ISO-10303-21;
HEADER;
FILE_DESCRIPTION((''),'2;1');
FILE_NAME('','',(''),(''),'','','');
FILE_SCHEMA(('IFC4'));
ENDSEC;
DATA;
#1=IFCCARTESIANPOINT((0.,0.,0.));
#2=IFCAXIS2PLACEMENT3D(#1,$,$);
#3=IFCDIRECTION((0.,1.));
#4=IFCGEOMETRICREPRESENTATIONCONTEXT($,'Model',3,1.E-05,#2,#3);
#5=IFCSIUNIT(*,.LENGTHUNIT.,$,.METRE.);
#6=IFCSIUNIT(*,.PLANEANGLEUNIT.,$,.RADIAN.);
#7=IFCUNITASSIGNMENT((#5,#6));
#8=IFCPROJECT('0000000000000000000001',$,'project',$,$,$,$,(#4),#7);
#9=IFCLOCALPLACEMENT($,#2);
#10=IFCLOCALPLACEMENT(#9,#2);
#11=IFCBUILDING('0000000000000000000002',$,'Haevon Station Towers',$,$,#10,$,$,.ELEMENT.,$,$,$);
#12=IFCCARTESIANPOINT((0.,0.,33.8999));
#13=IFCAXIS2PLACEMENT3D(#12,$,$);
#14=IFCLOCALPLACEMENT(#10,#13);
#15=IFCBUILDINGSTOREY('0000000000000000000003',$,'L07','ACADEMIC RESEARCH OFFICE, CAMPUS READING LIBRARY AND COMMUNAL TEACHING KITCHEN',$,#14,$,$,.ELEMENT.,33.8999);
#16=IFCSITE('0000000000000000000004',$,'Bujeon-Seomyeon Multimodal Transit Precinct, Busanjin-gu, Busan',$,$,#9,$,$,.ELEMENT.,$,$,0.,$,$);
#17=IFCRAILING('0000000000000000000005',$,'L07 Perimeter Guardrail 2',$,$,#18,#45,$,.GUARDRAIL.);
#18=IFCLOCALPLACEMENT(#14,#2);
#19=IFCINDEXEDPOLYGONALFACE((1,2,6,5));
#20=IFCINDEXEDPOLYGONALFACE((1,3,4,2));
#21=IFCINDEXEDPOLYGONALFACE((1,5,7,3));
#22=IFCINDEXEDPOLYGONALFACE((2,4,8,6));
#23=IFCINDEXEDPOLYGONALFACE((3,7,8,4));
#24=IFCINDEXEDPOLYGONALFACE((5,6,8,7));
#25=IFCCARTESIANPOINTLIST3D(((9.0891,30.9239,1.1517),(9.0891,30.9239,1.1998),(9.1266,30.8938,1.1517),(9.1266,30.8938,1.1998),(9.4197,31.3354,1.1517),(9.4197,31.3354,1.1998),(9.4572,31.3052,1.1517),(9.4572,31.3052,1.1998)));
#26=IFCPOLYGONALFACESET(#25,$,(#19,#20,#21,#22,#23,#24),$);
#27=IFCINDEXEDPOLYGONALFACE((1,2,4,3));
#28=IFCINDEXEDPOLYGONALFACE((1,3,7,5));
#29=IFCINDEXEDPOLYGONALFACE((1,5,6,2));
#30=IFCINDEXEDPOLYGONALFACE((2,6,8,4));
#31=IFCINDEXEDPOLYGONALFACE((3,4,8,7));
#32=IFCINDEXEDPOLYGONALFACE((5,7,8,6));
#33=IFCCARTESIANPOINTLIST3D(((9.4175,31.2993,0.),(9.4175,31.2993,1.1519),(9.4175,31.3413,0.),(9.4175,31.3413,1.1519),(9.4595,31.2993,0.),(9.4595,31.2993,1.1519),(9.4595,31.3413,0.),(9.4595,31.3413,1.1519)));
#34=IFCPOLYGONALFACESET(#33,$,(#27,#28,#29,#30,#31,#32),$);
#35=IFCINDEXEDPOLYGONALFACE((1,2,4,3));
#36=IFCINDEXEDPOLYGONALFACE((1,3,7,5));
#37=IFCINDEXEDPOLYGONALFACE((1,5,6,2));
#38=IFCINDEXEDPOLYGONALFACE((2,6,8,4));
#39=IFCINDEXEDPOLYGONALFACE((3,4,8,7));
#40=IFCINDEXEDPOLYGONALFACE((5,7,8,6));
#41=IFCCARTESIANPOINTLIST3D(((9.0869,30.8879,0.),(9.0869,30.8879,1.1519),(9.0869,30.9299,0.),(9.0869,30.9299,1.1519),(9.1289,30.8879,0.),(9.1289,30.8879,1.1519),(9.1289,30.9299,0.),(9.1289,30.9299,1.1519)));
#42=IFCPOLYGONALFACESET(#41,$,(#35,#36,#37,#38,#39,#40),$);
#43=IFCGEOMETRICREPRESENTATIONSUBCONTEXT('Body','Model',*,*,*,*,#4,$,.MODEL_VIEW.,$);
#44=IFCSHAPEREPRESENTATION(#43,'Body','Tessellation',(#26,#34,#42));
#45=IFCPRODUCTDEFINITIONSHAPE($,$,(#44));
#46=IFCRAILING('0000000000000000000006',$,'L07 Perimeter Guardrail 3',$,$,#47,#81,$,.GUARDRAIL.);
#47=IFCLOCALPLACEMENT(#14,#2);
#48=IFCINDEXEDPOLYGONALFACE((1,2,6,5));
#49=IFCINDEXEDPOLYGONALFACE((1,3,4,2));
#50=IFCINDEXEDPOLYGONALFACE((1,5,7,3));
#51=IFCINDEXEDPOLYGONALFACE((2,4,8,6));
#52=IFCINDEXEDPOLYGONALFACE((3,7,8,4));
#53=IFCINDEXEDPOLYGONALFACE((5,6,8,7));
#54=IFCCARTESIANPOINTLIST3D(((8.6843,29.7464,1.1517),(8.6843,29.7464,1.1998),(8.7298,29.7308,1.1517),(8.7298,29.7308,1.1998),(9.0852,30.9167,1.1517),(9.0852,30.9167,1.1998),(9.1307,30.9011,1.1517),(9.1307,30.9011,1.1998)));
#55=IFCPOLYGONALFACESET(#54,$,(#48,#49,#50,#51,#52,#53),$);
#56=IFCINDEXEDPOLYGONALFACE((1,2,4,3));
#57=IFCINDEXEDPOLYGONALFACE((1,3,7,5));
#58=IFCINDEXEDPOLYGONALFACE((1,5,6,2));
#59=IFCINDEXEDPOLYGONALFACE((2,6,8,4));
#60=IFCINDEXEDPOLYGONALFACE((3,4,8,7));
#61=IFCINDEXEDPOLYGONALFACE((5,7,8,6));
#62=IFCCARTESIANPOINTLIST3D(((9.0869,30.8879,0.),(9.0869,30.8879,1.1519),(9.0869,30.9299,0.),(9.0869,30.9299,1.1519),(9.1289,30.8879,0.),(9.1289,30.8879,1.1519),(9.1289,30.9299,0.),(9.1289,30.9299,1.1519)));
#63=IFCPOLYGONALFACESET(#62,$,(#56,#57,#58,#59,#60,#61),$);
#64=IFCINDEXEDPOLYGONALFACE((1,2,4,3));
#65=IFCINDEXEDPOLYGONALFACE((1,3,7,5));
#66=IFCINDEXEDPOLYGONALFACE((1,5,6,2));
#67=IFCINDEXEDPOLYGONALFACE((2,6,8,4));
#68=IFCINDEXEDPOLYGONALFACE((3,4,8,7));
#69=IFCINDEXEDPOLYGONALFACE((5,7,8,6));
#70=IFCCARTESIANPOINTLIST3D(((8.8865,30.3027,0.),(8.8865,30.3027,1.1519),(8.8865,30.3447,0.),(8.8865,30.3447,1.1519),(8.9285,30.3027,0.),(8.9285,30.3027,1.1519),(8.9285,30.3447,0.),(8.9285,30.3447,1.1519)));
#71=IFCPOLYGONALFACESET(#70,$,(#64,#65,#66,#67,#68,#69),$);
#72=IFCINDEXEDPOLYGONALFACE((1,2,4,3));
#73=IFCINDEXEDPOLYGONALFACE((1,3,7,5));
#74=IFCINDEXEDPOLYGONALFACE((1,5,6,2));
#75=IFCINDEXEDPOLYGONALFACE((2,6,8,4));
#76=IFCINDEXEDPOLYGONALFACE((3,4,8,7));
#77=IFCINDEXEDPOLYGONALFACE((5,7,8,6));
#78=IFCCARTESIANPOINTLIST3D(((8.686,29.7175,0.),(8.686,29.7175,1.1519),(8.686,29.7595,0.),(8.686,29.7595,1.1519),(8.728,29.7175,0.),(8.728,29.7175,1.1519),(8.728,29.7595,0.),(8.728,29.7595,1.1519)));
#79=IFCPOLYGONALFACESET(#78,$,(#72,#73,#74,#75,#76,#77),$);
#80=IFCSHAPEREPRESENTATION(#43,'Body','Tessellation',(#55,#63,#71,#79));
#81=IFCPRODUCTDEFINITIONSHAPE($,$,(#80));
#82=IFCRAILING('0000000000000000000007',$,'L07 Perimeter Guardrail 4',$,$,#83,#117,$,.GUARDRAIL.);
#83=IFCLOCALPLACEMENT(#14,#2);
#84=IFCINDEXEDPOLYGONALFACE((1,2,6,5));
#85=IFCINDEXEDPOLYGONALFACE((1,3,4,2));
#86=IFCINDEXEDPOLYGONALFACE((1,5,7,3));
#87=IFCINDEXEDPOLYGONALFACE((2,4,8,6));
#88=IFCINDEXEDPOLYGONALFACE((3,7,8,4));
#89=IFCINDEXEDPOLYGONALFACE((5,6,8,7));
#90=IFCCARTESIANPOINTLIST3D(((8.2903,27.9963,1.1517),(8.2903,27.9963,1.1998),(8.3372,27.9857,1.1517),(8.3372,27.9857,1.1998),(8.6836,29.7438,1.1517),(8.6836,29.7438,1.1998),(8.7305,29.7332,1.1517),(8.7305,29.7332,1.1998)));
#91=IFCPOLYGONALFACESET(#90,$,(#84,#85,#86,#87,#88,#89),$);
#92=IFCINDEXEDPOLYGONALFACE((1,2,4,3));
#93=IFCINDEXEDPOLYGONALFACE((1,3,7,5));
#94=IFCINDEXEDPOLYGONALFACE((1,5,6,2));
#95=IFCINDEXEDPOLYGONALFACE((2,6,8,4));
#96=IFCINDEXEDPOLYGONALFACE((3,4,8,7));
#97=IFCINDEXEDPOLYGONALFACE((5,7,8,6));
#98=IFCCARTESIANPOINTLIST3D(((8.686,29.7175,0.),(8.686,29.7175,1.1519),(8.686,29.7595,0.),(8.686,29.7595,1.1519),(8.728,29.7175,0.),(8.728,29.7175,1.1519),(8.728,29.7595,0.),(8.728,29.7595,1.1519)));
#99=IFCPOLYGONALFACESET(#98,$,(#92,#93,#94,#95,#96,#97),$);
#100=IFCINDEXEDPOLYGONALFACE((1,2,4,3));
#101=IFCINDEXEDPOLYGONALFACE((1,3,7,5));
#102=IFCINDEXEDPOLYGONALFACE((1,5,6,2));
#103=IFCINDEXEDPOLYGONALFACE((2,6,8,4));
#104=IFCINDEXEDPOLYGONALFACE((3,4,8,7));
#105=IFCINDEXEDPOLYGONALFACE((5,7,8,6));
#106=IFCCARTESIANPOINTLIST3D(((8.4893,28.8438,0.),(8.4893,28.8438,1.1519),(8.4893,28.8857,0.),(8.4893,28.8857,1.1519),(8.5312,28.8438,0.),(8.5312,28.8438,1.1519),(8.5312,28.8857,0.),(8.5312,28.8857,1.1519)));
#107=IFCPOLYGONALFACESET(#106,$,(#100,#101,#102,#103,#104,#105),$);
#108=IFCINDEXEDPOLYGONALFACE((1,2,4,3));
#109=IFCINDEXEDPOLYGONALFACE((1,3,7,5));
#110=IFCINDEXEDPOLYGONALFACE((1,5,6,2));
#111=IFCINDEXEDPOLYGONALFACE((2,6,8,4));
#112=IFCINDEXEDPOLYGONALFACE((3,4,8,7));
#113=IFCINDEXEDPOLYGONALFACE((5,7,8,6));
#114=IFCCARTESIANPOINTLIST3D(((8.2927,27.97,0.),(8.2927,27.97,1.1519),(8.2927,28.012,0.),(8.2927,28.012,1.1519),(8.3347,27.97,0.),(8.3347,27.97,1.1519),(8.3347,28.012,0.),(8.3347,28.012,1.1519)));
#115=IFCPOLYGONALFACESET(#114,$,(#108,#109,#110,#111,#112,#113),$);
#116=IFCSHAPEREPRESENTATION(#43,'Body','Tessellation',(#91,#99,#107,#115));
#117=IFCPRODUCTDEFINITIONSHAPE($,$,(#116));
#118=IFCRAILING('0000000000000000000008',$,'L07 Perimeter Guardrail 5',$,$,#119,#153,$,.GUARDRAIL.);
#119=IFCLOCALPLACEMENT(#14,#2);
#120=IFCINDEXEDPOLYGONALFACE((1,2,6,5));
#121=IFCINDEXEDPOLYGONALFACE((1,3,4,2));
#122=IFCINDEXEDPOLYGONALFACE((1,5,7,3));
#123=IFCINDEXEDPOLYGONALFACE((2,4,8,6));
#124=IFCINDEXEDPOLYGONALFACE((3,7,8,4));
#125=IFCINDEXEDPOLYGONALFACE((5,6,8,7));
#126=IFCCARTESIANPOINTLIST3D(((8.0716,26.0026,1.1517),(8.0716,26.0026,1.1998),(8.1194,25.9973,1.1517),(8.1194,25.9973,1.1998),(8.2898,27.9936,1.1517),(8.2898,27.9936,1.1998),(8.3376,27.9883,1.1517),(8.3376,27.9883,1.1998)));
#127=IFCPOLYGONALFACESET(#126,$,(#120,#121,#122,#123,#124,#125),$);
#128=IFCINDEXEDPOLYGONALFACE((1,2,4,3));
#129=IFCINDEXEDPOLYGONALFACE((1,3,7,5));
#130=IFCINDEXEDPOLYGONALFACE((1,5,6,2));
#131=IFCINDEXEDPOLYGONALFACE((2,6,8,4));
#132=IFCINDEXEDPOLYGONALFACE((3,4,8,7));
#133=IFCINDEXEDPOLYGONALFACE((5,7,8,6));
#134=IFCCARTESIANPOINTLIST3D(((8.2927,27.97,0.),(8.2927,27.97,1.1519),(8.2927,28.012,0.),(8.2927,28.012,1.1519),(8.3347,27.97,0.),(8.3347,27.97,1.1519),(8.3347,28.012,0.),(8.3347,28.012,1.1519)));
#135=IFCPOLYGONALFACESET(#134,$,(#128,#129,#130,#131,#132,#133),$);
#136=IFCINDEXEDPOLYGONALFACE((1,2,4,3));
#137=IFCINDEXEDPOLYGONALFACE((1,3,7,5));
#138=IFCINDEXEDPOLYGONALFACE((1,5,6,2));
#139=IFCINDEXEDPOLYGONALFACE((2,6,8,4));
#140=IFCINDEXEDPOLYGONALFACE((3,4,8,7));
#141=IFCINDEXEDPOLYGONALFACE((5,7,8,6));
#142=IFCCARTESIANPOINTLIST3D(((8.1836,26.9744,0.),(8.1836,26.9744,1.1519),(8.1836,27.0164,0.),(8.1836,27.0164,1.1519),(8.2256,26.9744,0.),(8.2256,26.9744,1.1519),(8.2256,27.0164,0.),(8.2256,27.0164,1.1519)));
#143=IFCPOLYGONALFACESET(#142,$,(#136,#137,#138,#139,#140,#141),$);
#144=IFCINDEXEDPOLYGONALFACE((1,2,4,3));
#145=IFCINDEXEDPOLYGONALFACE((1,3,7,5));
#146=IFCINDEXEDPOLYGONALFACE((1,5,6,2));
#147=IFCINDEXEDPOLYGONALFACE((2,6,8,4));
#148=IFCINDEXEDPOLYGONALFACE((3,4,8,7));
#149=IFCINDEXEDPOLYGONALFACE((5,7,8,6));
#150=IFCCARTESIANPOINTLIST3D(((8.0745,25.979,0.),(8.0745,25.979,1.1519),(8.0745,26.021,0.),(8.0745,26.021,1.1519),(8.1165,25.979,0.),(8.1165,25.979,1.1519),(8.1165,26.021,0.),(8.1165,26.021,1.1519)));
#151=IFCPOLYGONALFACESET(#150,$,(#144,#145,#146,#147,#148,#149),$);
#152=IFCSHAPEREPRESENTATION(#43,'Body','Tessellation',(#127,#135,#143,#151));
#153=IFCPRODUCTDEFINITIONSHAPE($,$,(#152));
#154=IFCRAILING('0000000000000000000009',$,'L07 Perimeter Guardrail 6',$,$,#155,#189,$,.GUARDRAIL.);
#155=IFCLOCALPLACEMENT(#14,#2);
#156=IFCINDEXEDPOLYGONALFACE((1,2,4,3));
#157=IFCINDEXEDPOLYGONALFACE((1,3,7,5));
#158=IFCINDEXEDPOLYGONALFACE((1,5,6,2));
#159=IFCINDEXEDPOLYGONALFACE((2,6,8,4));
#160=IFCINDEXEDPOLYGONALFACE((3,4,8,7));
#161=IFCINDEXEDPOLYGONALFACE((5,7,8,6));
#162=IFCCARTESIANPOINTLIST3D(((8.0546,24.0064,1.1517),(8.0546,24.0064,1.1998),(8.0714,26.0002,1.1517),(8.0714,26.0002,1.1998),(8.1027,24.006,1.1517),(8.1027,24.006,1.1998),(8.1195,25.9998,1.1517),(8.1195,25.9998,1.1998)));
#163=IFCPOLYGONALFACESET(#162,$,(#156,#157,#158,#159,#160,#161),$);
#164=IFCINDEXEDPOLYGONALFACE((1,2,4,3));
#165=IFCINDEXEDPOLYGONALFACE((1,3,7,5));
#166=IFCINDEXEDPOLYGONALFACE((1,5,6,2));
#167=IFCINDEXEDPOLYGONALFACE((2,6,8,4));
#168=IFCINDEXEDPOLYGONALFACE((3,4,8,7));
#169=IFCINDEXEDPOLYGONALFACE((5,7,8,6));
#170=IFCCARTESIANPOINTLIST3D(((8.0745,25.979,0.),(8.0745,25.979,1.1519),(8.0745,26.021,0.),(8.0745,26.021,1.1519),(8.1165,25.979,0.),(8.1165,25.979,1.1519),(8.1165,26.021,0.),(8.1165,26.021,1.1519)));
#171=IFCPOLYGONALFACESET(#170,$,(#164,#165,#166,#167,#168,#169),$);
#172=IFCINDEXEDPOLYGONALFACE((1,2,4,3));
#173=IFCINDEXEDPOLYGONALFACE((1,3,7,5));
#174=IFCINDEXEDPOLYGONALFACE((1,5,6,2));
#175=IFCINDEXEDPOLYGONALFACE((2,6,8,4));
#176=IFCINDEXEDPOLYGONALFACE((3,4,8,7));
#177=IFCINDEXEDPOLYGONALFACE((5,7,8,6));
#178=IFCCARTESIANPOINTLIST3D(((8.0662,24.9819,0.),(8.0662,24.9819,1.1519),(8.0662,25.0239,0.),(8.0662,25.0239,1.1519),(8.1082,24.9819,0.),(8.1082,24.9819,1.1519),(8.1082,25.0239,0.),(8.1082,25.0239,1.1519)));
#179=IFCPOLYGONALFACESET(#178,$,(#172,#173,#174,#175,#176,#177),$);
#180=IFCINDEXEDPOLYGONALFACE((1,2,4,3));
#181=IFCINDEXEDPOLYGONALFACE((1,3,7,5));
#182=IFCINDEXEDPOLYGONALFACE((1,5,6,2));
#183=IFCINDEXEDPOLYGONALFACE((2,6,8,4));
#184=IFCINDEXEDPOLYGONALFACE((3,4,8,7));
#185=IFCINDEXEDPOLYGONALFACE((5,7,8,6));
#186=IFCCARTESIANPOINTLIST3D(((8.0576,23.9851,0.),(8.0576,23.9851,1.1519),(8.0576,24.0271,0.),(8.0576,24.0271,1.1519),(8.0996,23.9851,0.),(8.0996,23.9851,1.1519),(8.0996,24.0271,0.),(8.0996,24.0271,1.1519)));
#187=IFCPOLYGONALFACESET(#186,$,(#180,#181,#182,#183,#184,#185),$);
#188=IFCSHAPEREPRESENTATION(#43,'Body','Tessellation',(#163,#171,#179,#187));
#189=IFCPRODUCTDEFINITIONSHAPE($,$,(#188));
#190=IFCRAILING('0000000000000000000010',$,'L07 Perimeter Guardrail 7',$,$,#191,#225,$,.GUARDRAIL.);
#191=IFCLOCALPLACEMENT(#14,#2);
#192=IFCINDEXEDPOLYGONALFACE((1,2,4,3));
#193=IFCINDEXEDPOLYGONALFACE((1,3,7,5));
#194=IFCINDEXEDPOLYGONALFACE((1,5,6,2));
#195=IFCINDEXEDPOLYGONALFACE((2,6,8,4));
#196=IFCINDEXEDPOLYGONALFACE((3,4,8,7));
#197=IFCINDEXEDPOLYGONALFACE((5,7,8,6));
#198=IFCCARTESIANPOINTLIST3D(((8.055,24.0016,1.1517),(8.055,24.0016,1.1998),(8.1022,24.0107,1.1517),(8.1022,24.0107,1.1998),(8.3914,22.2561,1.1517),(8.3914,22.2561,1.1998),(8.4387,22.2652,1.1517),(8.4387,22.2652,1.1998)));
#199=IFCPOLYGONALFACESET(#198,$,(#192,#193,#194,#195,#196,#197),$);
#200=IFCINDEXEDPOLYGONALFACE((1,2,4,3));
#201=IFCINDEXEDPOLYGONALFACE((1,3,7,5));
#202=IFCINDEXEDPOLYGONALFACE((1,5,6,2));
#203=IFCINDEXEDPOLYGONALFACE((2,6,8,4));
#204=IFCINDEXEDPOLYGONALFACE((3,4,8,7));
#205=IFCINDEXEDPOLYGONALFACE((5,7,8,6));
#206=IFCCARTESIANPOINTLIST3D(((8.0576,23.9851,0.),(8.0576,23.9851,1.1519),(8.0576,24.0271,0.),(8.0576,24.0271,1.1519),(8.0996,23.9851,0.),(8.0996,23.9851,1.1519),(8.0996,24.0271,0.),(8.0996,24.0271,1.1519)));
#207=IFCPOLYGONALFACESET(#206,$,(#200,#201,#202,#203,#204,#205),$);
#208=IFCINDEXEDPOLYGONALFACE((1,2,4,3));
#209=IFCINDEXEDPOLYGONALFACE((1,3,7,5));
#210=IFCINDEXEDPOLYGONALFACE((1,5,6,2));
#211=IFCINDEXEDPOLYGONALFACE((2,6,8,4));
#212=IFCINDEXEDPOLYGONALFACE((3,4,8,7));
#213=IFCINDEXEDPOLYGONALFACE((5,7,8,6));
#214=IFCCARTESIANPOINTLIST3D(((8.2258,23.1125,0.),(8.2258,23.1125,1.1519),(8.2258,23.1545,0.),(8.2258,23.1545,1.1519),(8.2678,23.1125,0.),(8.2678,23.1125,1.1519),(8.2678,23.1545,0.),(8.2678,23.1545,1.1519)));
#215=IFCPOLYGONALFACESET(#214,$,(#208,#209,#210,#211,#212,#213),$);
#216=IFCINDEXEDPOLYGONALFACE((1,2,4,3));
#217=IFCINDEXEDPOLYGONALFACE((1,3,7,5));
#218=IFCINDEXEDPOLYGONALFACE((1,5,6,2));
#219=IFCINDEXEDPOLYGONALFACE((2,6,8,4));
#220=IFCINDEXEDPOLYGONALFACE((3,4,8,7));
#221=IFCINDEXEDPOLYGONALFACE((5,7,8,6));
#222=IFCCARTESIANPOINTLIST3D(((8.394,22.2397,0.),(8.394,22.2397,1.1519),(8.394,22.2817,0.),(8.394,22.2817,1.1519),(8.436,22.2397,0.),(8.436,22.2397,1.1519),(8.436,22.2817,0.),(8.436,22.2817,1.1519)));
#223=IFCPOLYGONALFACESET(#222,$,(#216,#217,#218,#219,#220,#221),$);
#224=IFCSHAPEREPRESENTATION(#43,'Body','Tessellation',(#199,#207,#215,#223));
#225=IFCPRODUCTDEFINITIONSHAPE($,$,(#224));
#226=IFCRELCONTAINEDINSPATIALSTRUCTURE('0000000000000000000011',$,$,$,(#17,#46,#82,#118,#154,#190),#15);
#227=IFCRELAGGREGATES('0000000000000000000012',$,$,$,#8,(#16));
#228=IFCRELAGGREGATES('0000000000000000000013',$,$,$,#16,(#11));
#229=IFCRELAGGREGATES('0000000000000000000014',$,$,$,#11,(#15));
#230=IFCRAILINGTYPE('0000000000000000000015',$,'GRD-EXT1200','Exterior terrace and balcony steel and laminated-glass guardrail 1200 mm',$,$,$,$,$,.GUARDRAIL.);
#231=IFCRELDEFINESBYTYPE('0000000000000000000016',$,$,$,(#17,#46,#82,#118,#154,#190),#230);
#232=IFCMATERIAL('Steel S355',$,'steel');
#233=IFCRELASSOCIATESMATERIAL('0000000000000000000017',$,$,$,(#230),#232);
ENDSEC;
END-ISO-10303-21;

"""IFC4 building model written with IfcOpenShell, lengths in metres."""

from ifc_helpers import new_model, si_unit, direction, frame, origin, origin_2d, place, context, subcontext, project, spatial, rectangle, extrude, material, type_object, element, save


model = new_model("IFC4")

# Units and contexts
model_context = context("Model", 3, precision=1e-05, world=origin(), true_north=direction((0.0, 1.0)))
body_context = subcontext(model_context, "Body", "Model", "MODEL_VIEW")
ifc_project = project(units=[si_unit("LENGTHUNIT", "METRE"), si_unit("PLANEANGLEUNIT", "RADIAN")], contexts=[model_context])

# Site, building, storey
site_placement = place(None, origin())
site = spatial("IfcSite", under=ifc_project, at=site_placement, Name="Bujeon-Seomyeon Multimodal Transit Precinct, Busanjin-gu, Busan", CompositionType="ELEMENT", RefElevation=0.0)
building_placement = place(site_placement, origin())
building = spatial("IfcBuilding", under=site, at=building_placement, Name="Haevon Station Towers", CompositionType="ELEMENT")
storey_placement = place(building_placement, frame((0.0, 0.0, 33.8999)))
storey = spatial("IfcBuildingStorey", under=building, at=storey_placement, Name="L07", Description="ACADEMIC RESEARCH OFFICE, CAMPUS READING LIBRARY AND COMMUNAL TEACHING KITCHEN", CompositionType="ELEMENT", Elevation=33.8999)

# Shared definitions
ifc_material_1 = material(Name="Steel S355", Category="steel")

# Railings
railing_type = type_object("IfcRailingType", Name="GRD-EXT1200", Description="Exterior terrace and balcony steel and laminated-glass guardrail 1200 mm", PredefinedType="GUARDRAIL", material=ifc_material_1)
railing_1_placement = place(storey_placement, frame((9.4385, 31.3203, 0.0)))
element("IfcRailing", 1, at=railing_1_placement, inside=storey, type_object=railing_type, Name="L07 Perimeter Guardrail 2", PredefinedType="GUARDRAIL", context=body_context, shape_type="SweptSolid", body=[
    extrude(rectangle(XDim=0.0481, YDim=0.0481, at=origin_2d()), frame((0.0, 0.0, 1.1758), z_axis=(-0.626386, -0.779513, 0.0), x_axis=(0.779513, -0.626386, 0.0)), (0.0, 0.0, 1.0), 0.5278),
    extrude(rectangle(XDim=0.042, YDim=0.042, at=origin_2d()), origin(), (0.0, 0.0, 1.0), 1.1519),
    extrude(rectangle(XDim=0.042, YDim=0.042, at=origin_2d()), frame((-0.3306, -0.4114, 0.0)), (0.0, 0.0, 1.0), 1.1519),
])
railing_2_placement = place(storey_placement, frame((9.1079, 30.9089, 0.0)))
element("IfcRailing", 2, at=railing_2_placement, inside=storey, type_object=railing_type, Name="L07 Perimeter Guardrail 3", PredefinedType="GUARDRAIL", context=body_context, shape_type="SweptSolid", body=[
    extrude(rectangle(XDim=0.0481, YDim=0.0481, at=origin_2d()), frame((0.0, 0.0, 1.1758), z_axis=(-0.324032, -0.946046, 0.0), x_axis=(0.946046, -0.324032, 0.0)), (0.0, 0.0, 1.0), 1.2371),
    extrude(rectangle(XDim=0.042, YDim=0.042, at=origin_2d()), origin(), (0.0, 0.0, 1.0), 1.1519),
    extrude(rectangle(XDim=0.042, YDim=0.042, at=origin_2d()), frame((-0.2004, -0.5852, 0.0)), (0.0, 0.0, 1.0), 1.1519),
    extrude(rectangle(XDim=0.042, YDim=0.042, at=origin_2d()), frame((-0.4009, -1.1704, 0.0)), (0.0, 0.0, 1.0), 1.1519),
])
railing_3_placement = place(storey_placement, frame((8.707, 29.7385, 0.0)))
element("IfcRailing", 3, at=railing_3_placement, inside=storey, type_object=railing_type, Name="L07 Perimeter Guardrail 4", PredefinedType="GUARDRAIL", context=body_context, shape_type="SweptSolid", body=[
    extrude(rectangle(XDim=0.0481, YDim=0.0481, at=origin_2d()), frame((0.0, 0.0, 1.1758), z_axis=(-0.219571, -0.975597, 0.0), x_axis=(0.975597, -0.219571, 0.0)), (0.0, 0.0, 1.0), 1.7913),
    extrude(rectangle(XDim=0.042, YDim=0.042, at=origin_2d()), origin(), (0.0, 0.0, 1.0), 1.1519),
    extrude(rectangle(XDim=0.042, YDim=0.042, at=origin_2d()), frame((-0.1968, -0.8738, 0.0)), (0.0, 0.0, 1.0), 1.1519),
    extrude(rectangle(XDim=0.042, YDim=0.042, at=origin_2d()), frame((-0.3933, -1.7476, 0.0)), (0.0, 0.0, 1.0), 1.1519),
])
railing_4_placement = place(storey_placement, frame((8.3137, 27.991, 0.0)))
element("IfcRailing", 4, at=railing_4_placement, inside=storey, type_object=railing_type, Name="L07 Perimeter Guardrail 5", PredefinedType="GUARDRAIL", context=body_context, shape_type="SweptSolid", body=[
    extrude(rectangle(XDim=0.0481, YDim=0.0481, at=origin_2d()), frame((0.0, 0.0, 1.1758), z_axis=(-0.108973, -0.994045, 0.0), x_axis=(0.994045, -0.108973, 0.0)), (0.0, 0.0, 1.0), 2.0029),
    extrude(rectangle(XDim=0.042, YDim=0.042, at=origin_2d()), origin(), (0.0, 0.0, 1.0), 1.1519),
    extrude(rectangle(XDim=0.042, YDim=0.042, at=origin_2d()), frame((-0.1091, -0.9956, 0.0)), (0.0, 0.0, 1.0), 1.1519),
    extrude(rectangle(XDim=0.042, YDim=0.042, at=origin_2d()), frame((-0.2183, -1.991, 0.0)), (0.0, 0.0, 1.0), 1.1519),
])
railing_5_placement = place(storey_placement, frame((8.0955, 26.0, 0.0)))
element("IfcRailing", 5, at=railing_5_placement, inside=storey, type_object=railing_type, Name="L07 Perimeter Guardrail 6", PredefinedType="GUARDRAIL", context=body_context, shape_type="SweptSolid", body=[
    extrude(rectangle(XDim=0.0481, YDim=0.0481, at=origin_2d()), frame((0.0, 0.0, 1.1758), z_axis=(-0.008448, -0.999964, 0.0), x_axis=(0.999964, -0.008448, 0.0)), (0.0, 0.0, 1.0), 1.9939),
    extrude(rectangle(XDim=0.042, YDim=0.042, at=origin_2d()), origin(), (0.0, 0.0, 1.0), 1.1519),
    extrude(rectangle(XDim=0.042, YDim=0.042, at=origin_2d()), frame((-0.0083, -0.9971, 0.0)), (0.0, 0.0, 1.0), 1.1519),
    extrude(rectangle(XDim=0.042, YDim=0.042, at=origin_2d()), frame((-0.0168, -1.9939, 0.0)), (0.0, 0.0, 1.0), 1.1519),
])
railing_6_placement = place(storey_placement, frame((8.0786, 24.0061, 0.0)))
element("IfcRailing", 6, at=railing_6_placement, inside=storey, type_object=railing_type, Name="L07 Perimeter Guardrail 7", PredefinedType="GUARDRAIL", context=body_context, shape_type="SweptSolid", body=[
    extrude(rectangle(XDim=0.0481, YDim=0.0481, at=origin_2d()), frame((0.0, 0.0, 1.1758), z_axis=(0.18927, -0.981925, 0.0), x_axis=(0.981925, 0.18927, 0.0)), (0.0, 0.0, 1.0), 1.7776),
    extrude(rectangle(XDim=0.042, YDim=0.042, at=origin_2d()), origin(), (0.0, 0.0, 1.0), 1.1519),
    extrude(rectangle(XDim=0.042, YDim=0.042, at=origin_2d()), frame((0.1682, -0.8726, 0.0)), (0.0, 0.0, 1.0), 1.1519),
    extrude(rectangle(XDim=0.042, YDim=0.042, at=origin_2d()), frame((0.3364, -1.7454, 0.0)), (0.0, 0.0, 1.0), 1.1519),
])

save(model, "model.ifc")
